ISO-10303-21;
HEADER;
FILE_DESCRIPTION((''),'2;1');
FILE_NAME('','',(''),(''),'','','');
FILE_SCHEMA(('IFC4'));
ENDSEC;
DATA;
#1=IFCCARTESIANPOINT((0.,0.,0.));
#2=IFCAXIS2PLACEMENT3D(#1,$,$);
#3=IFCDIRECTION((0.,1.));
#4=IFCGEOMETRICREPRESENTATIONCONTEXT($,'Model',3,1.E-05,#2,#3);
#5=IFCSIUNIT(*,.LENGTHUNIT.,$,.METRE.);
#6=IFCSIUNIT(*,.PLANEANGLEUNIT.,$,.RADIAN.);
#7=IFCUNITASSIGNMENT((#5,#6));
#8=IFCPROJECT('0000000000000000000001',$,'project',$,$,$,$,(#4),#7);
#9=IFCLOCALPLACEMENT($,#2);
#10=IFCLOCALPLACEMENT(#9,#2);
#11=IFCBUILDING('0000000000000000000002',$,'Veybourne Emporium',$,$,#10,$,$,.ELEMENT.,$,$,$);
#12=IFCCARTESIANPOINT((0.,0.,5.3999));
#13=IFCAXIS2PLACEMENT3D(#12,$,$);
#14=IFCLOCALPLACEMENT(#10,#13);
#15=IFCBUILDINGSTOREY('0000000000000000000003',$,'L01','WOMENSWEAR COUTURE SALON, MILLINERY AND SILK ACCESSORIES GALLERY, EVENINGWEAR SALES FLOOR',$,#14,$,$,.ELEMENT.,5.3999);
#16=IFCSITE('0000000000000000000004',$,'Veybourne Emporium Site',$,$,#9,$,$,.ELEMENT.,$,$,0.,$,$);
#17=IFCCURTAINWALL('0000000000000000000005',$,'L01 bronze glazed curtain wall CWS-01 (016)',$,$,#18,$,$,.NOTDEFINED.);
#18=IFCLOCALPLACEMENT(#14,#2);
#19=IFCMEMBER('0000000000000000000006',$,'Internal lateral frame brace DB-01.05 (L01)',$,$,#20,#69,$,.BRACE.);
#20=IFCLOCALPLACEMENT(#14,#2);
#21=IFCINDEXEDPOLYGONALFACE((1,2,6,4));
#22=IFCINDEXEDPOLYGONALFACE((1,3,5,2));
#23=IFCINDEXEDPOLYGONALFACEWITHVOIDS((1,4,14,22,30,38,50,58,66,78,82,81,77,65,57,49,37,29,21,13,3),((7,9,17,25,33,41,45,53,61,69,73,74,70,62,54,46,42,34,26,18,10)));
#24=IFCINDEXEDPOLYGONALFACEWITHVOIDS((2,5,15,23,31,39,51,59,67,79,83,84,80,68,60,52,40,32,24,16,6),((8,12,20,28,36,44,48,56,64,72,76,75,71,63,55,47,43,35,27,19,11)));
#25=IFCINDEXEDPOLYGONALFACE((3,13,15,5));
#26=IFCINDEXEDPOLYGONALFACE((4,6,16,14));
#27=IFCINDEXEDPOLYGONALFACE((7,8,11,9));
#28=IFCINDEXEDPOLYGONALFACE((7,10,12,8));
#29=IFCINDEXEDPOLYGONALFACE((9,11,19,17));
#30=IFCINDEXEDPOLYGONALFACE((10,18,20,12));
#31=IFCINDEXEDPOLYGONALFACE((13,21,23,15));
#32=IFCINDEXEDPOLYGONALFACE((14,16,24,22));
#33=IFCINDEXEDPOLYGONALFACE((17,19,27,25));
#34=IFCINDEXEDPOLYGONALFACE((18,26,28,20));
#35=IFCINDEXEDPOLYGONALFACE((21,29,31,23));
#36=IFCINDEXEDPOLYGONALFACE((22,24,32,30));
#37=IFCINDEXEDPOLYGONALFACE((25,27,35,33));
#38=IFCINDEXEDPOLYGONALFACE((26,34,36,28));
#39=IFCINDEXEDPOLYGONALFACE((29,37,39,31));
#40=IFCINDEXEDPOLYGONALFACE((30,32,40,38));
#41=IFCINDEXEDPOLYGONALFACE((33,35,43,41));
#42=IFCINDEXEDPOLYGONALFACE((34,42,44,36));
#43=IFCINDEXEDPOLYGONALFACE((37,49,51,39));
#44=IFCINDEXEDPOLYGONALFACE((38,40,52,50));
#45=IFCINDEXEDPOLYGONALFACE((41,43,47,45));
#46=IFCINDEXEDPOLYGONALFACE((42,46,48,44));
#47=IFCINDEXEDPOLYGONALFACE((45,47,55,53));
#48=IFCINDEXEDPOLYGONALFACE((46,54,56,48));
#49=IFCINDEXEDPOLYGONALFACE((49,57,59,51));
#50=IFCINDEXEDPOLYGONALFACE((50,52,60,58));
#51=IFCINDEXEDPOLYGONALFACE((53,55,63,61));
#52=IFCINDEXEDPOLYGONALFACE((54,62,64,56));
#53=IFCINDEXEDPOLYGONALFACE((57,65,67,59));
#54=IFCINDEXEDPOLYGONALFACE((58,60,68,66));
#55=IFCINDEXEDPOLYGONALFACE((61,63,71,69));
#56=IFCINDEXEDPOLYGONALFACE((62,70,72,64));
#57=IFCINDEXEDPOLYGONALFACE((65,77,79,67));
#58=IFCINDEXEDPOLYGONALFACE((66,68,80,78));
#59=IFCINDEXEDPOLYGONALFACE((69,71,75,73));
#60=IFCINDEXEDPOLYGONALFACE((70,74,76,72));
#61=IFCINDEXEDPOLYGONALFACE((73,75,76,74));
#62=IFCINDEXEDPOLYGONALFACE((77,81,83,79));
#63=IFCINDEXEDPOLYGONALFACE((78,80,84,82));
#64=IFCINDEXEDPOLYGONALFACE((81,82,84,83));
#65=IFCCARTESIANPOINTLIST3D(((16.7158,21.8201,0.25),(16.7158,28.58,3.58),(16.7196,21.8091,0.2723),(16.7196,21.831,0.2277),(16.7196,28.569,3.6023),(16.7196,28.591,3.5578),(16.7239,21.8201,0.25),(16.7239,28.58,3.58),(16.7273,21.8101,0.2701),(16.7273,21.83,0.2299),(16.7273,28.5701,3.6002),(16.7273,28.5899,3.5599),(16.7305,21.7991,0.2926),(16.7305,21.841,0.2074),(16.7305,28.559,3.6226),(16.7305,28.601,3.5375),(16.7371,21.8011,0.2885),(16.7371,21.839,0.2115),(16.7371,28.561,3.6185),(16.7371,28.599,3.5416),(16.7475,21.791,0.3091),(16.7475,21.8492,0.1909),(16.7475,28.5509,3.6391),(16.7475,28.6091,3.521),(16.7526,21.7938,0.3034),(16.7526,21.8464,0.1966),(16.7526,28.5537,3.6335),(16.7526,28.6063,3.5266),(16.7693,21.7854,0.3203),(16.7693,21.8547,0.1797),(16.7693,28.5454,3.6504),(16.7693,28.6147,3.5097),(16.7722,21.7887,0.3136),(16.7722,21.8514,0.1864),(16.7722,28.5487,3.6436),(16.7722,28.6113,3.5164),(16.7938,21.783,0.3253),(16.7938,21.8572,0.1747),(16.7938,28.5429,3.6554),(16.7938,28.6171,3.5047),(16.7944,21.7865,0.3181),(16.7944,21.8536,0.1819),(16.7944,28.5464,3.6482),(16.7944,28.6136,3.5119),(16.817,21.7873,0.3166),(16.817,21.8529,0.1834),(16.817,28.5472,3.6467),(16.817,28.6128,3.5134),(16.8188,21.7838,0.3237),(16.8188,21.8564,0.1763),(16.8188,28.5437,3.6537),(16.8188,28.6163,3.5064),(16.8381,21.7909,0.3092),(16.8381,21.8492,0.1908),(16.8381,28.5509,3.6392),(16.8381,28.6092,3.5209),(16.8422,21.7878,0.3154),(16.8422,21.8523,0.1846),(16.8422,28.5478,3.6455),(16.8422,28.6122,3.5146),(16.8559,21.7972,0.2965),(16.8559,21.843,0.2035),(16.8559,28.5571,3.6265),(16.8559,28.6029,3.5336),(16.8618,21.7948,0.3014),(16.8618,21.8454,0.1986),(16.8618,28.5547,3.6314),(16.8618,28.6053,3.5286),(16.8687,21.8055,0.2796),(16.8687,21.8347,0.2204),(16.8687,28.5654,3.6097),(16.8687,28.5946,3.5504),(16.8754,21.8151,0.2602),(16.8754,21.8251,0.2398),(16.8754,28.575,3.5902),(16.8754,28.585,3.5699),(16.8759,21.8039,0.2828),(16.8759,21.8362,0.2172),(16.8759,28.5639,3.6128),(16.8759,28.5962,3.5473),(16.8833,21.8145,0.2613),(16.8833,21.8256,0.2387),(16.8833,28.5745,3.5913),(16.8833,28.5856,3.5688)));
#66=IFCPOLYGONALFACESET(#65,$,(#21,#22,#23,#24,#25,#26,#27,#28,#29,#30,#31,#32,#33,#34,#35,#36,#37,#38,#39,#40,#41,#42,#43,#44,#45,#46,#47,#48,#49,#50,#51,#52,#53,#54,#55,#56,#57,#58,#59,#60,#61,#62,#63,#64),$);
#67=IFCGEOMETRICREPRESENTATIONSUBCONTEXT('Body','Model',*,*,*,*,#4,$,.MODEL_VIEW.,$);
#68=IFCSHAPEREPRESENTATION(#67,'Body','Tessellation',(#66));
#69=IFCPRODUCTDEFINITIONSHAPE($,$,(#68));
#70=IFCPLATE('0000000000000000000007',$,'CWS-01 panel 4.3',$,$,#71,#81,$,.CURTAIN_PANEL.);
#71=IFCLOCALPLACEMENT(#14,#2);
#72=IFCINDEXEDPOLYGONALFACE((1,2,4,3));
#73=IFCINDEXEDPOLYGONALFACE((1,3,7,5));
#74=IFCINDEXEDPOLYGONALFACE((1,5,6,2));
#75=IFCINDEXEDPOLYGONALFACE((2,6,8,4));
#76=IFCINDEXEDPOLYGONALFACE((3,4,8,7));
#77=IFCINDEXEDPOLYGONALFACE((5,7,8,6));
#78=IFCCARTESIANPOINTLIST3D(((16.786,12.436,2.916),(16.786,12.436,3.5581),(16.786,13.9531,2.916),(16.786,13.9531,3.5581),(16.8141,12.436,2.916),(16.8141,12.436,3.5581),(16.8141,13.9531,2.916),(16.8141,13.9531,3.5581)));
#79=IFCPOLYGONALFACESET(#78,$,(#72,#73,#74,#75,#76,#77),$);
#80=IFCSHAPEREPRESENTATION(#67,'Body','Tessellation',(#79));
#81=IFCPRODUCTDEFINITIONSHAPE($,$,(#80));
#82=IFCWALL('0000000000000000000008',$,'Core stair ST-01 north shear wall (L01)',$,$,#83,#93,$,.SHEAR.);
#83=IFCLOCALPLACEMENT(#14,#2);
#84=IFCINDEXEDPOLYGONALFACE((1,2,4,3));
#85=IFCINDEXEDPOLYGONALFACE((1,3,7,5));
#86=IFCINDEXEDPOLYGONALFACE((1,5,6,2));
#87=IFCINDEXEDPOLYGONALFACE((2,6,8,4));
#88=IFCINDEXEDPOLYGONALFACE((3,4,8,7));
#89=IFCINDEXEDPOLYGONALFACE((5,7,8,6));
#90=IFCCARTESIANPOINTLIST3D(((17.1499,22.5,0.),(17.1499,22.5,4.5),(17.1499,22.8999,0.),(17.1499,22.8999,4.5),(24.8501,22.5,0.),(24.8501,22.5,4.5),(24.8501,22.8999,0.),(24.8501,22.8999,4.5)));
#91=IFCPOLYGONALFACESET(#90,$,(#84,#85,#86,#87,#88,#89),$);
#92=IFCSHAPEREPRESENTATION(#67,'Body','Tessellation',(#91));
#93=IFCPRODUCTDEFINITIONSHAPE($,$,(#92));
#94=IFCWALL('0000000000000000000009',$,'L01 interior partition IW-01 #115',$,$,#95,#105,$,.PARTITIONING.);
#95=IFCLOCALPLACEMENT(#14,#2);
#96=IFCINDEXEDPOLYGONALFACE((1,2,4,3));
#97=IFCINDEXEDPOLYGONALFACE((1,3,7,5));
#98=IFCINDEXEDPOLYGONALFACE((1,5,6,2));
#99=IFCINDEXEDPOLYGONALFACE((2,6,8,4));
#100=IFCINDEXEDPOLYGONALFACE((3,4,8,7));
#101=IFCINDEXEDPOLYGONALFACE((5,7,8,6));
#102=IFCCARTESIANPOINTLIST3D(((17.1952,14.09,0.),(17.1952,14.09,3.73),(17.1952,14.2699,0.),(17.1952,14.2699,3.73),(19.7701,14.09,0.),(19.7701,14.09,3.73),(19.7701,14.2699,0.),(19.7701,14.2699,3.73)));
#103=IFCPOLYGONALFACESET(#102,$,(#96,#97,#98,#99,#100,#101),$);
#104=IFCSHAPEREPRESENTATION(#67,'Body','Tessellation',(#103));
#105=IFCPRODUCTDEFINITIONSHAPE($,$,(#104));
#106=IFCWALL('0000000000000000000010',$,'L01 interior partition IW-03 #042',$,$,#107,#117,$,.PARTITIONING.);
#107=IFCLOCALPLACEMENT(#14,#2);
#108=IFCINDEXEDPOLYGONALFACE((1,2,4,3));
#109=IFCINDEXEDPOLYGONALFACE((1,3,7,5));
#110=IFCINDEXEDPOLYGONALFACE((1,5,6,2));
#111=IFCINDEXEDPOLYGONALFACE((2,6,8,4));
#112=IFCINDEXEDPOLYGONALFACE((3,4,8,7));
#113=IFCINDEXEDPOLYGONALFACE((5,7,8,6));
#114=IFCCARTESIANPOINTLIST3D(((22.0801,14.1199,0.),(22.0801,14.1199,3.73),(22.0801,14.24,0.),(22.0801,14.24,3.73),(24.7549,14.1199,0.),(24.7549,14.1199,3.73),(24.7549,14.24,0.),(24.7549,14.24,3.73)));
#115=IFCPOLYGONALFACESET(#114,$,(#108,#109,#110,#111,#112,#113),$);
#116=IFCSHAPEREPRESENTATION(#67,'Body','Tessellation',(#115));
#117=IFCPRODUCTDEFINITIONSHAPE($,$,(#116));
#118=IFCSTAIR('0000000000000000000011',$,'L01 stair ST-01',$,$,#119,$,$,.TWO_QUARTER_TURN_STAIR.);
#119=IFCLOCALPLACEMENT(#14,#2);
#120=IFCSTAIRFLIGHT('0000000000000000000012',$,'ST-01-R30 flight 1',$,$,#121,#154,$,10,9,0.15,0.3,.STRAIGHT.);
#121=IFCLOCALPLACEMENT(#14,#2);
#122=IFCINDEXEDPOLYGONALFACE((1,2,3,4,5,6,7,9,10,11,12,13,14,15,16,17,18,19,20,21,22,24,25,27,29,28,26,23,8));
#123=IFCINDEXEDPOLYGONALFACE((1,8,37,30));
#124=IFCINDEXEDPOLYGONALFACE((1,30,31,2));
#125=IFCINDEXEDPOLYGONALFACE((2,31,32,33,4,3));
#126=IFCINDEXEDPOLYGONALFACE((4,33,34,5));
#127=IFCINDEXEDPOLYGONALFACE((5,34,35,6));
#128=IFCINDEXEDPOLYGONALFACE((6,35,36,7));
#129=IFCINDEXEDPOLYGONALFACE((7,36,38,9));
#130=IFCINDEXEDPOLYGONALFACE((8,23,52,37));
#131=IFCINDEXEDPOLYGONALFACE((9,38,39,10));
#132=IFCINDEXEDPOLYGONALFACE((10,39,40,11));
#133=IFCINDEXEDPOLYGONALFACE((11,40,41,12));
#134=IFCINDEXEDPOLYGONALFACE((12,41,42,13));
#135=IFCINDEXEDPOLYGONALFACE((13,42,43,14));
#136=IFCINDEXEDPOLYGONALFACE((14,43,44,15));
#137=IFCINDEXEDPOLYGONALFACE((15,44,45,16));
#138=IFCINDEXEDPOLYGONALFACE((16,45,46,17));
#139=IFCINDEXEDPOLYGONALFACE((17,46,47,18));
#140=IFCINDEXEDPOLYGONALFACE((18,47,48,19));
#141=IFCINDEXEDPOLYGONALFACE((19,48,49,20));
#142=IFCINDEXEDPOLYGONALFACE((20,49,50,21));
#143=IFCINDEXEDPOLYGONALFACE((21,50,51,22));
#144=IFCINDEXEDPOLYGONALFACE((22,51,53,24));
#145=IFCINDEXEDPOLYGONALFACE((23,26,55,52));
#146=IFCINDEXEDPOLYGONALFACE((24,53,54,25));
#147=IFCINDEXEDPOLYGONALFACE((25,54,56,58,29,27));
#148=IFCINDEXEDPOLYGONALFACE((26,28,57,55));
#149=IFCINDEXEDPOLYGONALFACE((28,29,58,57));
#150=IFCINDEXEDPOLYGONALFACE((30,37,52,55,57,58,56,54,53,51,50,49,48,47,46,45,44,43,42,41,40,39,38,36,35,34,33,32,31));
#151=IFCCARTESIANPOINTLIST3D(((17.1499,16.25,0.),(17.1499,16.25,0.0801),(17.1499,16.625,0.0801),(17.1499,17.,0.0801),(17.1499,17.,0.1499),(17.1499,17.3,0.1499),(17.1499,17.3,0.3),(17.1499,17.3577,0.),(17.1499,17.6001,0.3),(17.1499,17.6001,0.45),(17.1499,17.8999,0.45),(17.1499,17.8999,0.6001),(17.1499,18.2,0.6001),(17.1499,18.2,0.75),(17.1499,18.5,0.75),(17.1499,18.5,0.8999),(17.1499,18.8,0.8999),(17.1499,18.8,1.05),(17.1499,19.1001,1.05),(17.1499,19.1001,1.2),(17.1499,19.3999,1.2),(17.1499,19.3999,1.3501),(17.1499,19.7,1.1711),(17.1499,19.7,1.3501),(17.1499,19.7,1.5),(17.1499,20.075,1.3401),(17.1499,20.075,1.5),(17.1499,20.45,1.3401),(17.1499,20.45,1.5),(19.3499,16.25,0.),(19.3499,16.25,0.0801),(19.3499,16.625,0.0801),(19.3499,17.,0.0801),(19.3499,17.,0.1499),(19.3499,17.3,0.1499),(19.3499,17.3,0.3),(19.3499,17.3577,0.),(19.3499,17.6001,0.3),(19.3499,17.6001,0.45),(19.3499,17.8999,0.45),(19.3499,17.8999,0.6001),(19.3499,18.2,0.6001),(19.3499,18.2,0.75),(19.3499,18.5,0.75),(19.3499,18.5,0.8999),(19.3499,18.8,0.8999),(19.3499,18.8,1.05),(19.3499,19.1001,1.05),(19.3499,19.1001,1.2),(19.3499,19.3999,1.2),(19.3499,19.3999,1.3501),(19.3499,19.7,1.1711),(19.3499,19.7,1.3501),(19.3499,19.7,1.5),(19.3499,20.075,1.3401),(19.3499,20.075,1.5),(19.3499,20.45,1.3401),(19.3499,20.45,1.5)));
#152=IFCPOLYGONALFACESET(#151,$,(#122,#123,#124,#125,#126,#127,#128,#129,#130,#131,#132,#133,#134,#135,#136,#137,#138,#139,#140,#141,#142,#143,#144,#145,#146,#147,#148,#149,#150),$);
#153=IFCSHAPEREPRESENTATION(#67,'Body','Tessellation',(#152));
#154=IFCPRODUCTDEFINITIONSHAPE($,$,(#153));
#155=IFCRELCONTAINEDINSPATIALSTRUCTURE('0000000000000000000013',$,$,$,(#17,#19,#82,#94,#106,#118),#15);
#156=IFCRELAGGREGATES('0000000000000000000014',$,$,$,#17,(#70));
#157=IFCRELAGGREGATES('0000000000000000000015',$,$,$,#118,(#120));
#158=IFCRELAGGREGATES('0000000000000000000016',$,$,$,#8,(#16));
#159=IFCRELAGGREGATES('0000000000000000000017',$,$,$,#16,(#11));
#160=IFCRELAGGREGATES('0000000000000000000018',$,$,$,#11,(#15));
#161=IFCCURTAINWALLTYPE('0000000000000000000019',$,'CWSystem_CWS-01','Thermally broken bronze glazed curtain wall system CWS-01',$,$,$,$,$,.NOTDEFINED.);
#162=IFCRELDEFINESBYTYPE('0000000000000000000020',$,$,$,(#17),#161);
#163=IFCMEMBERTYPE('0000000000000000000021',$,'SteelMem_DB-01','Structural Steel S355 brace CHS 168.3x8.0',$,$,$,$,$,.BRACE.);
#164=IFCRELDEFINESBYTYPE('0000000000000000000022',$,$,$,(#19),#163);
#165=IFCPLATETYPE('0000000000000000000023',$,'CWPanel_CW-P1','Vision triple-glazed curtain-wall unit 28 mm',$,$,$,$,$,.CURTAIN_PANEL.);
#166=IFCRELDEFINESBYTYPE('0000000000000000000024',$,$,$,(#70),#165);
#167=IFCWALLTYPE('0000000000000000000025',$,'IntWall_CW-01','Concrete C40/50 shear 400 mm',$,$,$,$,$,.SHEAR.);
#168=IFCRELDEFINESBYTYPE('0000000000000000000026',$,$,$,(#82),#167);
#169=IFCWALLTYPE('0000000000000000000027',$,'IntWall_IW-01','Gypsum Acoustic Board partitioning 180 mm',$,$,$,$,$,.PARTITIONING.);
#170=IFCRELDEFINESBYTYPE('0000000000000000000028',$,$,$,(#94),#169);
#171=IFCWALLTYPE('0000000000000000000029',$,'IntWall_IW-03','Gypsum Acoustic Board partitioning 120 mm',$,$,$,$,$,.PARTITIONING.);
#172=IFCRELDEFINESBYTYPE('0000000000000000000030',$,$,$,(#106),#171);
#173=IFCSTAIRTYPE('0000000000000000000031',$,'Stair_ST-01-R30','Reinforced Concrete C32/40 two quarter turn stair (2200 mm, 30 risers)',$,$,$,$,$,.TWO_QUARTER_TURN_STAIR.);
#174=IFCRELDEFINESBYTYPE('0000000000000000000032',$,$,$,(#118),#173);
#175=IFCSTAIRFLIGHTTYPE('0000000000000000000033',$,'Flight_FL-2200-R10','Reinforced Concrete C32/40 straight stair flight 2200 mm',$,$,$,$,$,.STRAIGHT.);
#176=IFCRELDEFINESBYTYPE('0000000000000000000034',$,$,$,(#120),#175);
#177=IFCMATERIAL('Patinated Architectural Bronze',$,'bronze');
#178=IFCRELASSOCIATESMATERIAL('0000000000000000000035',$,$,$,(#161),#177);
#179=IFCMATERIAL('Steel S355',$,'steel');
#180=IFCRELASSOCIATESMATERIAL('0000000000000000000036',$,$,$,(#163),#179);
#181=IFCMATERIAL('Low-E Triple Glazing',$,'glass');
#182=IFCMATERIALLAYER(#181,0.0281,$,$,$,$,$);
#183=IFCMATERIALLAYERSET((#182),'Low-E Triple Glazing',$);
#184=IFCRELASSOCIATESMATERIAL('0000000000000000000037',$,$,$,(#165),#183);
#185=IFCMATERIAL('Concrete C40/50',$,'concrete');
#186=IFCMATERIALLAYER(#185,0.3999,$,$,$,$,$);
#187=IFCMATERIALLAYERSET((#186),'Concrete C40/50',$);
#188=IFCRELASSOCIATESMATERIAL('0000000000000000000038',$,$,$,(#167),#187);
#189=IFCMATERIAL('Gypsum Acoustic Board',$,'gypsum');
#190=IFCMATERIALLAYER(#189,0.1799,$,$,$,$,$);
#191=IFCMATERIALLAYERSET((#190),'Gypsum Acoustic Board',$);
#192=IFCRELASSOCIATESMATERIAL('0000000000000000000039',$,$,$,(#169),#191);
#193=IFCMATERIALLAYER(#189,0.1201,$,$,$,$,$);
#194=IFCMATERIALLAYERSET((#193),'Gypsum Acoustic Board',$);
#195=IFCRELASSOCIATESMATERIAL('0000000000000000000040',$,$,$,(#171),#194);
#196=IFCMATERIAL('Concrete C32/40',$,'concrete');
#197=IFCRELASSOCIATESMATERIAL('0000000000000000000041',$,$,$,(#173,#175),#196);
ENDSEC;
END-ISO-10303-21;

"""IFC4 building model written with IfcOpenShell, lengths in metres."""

from ifc_helpers import new_model, si_unit, direction, frame, frame_2d, origin, origin_2d, place, context, subcontext, project, spatial, polyline, rectangle, hollow_circle, outline, extrude, material, layer, layer_set, material_profile, profile_set, type_object, element, aggregate, save


model = new_model("IFC4")

# Units and contexts
model_context = context("Model", 3, precision=1e-05, world=origin(), true_north=direction((0.0, 1.0)))
body_context = subcontext(model_context, "Body", "Model", "MODEL_VIEW")
ifc_project = project(units=[si_unit("LENGTHUNIT", "METRE"), si_unit("PLANEANGLEUNIT", "RADIAN")], contexts=[model_context])

# Site, building, storey
site_placement = place(None, origin())
site = spatial("IfcSite", under=ifc_project, at=site_placement, Name="Veybourne Emporium Site", CompositionType="ELEMENT", RefElevation=0.0)
building_placement = place(site_placement, origin())
building = spatial("IfcBuilding", under=site, at=building_placement, Name="Veybourne Emporium", CompositionType="ELEMENT")
storey_placement = place(building_placement, frame((0.0, 0.0, 5.3999)))
storey = spatial("IfcBuildingStorey", under=building, at=storey_placement, Name="L01", Description="WOMENSWEAR COUTURE SALON, MILLINERY AND SILK ACCESSORIES GALLERY, EVENINGWEAR SALES FLOOR", CompositionType="ELEMENT", Elevation=5.3999)

# Shared definitions
ifc_material_1 = material(Name="Concrete C40/50", Category="concrete")

# Curtain wall
ifc_material_2 = material(Name="Patinated Architectural Bronze", Category="bronze")
curtain_wall_type = type_object("IfcCurtainWallType", Name="CWSystem_CWS-01", Description="Thermally broken bronze glazed curtain wall system CWS-01", PredefinedType="NOTDEFINED", material=ifc_material_2)
curtain_wall_placement = place(storey_placement, origin())
curtain_wall = element("IfcCurtainWall", 1, at=curtain_wall_placement, inside=storey, type_object=curtain_wall_type, Name="L01 bronze glazed curtain wall CWS-01 (016)", PredefinedType="NOTDEFINED")

# Shared definitions
ifc_material_3 = material(Name="Concrete C32/40", Category="concrete")

# Member
ifc_material_4 = material(Name="Steel S355", Category="steel")
ifc_material_profile_1 = material_profile(ifc_material_4, hollow_circle(Radius=0.0842, WallThickness=0.0081, at=origin_2d()), Name="CHS 168.3x8.0")
ifc_profile_set_1 = profile_set([ifc_material_profile_1], Name="Steel S355")
member_type_1 = type_object("IfcMemberType", Name="SteelMem_DB-01", Description="Structural Steel S355 brace CHS 168.3x8.0", PredefinedType="BRACE", material=ifc_profile_set_1)
member_1_placement = place(storey_placement, frame((16.8, 21.8201, 0.25), z_axis=(0.0, 0.897062, 0.441905), x_axis=(-1.0, 0.0, 0.0)))
element("IfcMember", 2, at=member_1_placement, inside=storey, type_object=member_type_1, Name="Internal lateral frame brace DB-01.05 (L01)", PredefinedType="BRACE", context=body_context, shape_type="SweptSolid", body=[
    extrude(hollow_circle(Radius=0.0842, WallThickness=0.0081, at=origin_2d()), origin(), (0.0, 0.0, 1.0), 7.5356),
])

# Plate
ifc_material_5 = material(Name="Low-E Triple Glazing", Category="glass")
ifc_layer_1 = layer(ifc_material_5, 0.0281)
ifc_layer_set_1 = layer_set([ifc_layer_1], Name="Low-E Triple Glazing")
plate_type = type_object("IfcPlateType", Name="CWPanel_CW-P1", Description="Vision triple-glazed curtain-wall unit 28 mm", PredefinedType="CURTAIN_PANEL", material=ifc_layer_set_1)
plate_placement = place(storey_placement, frame((16.8, 13.1946, 2.916), z_axis=(0.0, 0.0, 1.0), x_axis=(0.0, 1.0, 0.0)))
plate = element("IfcPlate", 3, at=plate_placement, type_object=plate_type, Name="CWS-01 panel 4.3", PredefinedType="CURTAIN_PANEL", context=body_context, shape_type="SweptSolid", body=[
    extrude(rectangle(XDim=1.5171, YDim=0.0281, at=origin_2d()), origin(), (0.0, 0.0, 1.0), 0.6421),
])
aggregate(curtain_wall, [plate])

# Walls
ifc_layer_2 = layer(ifc_material_1, 0.3999)
ifc_layer_set_2 = layer_set([ifc_layer_2], Name="Concrete C40/50")
wall_type_1 = type_object("IfcWallType", Name="IntWall_CW-01", Description="Concrete C40/50 shear 400 mm", PredefinedType="SHEAR", material=ifc_layer_set_2)
wall_1_placement = place(storey_placement, frame((17.1499, 22.7, 0.0), z_axis=(0.0, 0.0, 1.0), x_axis=(1.0, 0.0, 0.0)))
element("IfcWall", 4, at=wall_1_placement, inside=storey, type_object=wall_type_1, Name="Core stair ST-01 north shear wall (L01)", PredefinedType="SHEAR", context=body_context, shape_type="SweptSolid", body=[
    extrude(rectangle(XDim=7.7002, YDim=0.3999, at=frame_2d((3.8501, 0.0))), origin(), (0.0, 0.0, 1.0), 4.5),
])
ifc_material_6 = material(Name="Gypsum Acoustic Board", Category="gypsum")
ifc_layer_3 = layer(ifc_material_6, 0.1799)
ifc_layer_set_3 = layer_set([ifc_layer_3], Name="Gypsum Acoustic Board")
wall_type_2 = type_object("IfcWallType", Name="IntWall_IW-01", Description="Gypsum Acoustic Board partitioning 180 mm", PredefinedType="PARTITIONING", material=ifc_layer_set_3)
wall_2_placement = place(storey_placement, frame((17.1951, 14.1799, 0.0), z_axis=(0.0, 0.0, 1.0), x_axis=(1.0, 0.0, 0.0)))
element("IfcWall", 5, at=wall_2_placement, inside=storey, type_object=wall_type_2, Name="L01 interior partition IW-01 #115", PredefinedType="PARTITIONING", context=body_context, shape_type="SweptSolid", body=[
    extrude(rectangle(XDim=2.575, YDim=0.1799, at=frame_2d((1.2876, 0.0))), origin(), (0.0, 0.0, 1.0), 3.73),
])
ifc_layer_4 = layer(ifc_material_6, 0.1201)
ifc_layer_set_4 = layer_set([ifc_layer_4], Name="Gypsum Acoustic Board")
wall_type_3 = type_object("IfcWallType", Name="IntWall_IW-03", Description="Gypsum Acoustic Board partitioning 120 mm", PredefinedType="PARTITIONING", material=ifc_layer_set_4)
wall_3_placement = place(storey_placement, frame((22.0801, 14.1799, 0.0), z_axis=(0.0, 0.0, 1.0), x_axis=(1.0, 0.0, 0.0)))
element("IfcWall", 6, at=wall_3_placement, inside=storey, type_object=wall_type_3, Name="L01 interior partition IW-03 #042", PredefinedType="PARTITIONING", context=body_context, shape_type="SweptSolid", body=[
    extrude(rectangle(XDim=2.6748, YDim=0.1201, at=frame_2d((1.3374, 0.0))), origin(), (0.0, 0.0, 1.0), 3.73),
])

# Stair, stair flight
stair_type = type_object("IfcStairType", Name="Stair_ST-01-R30", Description="Reinforced Concrete C32/40 two quarter turn stair (2200 mm, 30 risers)", PredefinedType="TWO_QUARTER_TURN_STAIR", material=ifc_material_3)
stair_placement = place(storey_placement, origin())
stair = element("IfcStair", 7, at=stair_placement, inside=storey, type_object=stair_type, Name="L01 stair ST-01", PredefinedType="TWO_QUARTER_TURN_STAIR")
stair_flight_type = type_object("IfcStairFlightType", Name="Flight_FL-2200-R10", Description="Reinforced Concrete C32/40 straight stair flight 2200 mm", PredefinedType="STRAIGHT", material=ifc_material_3)
stair_flight_1_placement = place(storey_placement, frame((18.25, 17.0, 0.0), z_axis=(0.0, 0.0, 1.0), x_axis=(0.0, 1.0, 0.0)))
stair_flight_1 = element("IfcStairFlight", 8, at=stair_flight_1_placement, type_object=stair_flight_type, Name="ST-01-R30 flight 1", NumberOfRisers=10, NumberOfTreads=9, PredefinedType="STRAIGHT", RiserHeight=0.15, TreadLength=0.3, context=body_context, shape_type="SweptSolid", body=[
    extrude(outline(polyline([(-0.75, 0.0), (-0.75, 0.0801), (-0.375, 0.0801), (0.0, 0.0801), (0.0, 0.1499), (0.3, 0.1499), (0.3, 0.3), (0.6001, 0.3), (0.6001, 0.45), (0.8999, 0.45), (0.8999, 0.6001), (1.2, 0.6001), (1.2, 0.75), (1.5, 0.75), (1.5, 0.8999), (1.8, 0.8999), (1.8, 1.05), (2.1001, 1.05), (2.1001, 1.2), (2.3999, 1.2), (2.3999, 1.3501), (2.7, 1.3501), (2.7, 1.5), (3.075, 1.5), (3.45, 1.5), (3.45, 1.3401), (3.075, 1.3401), (2.7, 1.1711), (0.3577, 0.0), (-0.75, 0.0)])), frame((0.0, 1.1001, 0.0), z_axis=(0.0, -1.0, 0.0), x_axis=(1.0, 0.0, 0.0)), (0.0, 0.0, 1.0), 2.2),
])
aggregate(stair, [stair_flight_1])

save(model, "model.ifc")
